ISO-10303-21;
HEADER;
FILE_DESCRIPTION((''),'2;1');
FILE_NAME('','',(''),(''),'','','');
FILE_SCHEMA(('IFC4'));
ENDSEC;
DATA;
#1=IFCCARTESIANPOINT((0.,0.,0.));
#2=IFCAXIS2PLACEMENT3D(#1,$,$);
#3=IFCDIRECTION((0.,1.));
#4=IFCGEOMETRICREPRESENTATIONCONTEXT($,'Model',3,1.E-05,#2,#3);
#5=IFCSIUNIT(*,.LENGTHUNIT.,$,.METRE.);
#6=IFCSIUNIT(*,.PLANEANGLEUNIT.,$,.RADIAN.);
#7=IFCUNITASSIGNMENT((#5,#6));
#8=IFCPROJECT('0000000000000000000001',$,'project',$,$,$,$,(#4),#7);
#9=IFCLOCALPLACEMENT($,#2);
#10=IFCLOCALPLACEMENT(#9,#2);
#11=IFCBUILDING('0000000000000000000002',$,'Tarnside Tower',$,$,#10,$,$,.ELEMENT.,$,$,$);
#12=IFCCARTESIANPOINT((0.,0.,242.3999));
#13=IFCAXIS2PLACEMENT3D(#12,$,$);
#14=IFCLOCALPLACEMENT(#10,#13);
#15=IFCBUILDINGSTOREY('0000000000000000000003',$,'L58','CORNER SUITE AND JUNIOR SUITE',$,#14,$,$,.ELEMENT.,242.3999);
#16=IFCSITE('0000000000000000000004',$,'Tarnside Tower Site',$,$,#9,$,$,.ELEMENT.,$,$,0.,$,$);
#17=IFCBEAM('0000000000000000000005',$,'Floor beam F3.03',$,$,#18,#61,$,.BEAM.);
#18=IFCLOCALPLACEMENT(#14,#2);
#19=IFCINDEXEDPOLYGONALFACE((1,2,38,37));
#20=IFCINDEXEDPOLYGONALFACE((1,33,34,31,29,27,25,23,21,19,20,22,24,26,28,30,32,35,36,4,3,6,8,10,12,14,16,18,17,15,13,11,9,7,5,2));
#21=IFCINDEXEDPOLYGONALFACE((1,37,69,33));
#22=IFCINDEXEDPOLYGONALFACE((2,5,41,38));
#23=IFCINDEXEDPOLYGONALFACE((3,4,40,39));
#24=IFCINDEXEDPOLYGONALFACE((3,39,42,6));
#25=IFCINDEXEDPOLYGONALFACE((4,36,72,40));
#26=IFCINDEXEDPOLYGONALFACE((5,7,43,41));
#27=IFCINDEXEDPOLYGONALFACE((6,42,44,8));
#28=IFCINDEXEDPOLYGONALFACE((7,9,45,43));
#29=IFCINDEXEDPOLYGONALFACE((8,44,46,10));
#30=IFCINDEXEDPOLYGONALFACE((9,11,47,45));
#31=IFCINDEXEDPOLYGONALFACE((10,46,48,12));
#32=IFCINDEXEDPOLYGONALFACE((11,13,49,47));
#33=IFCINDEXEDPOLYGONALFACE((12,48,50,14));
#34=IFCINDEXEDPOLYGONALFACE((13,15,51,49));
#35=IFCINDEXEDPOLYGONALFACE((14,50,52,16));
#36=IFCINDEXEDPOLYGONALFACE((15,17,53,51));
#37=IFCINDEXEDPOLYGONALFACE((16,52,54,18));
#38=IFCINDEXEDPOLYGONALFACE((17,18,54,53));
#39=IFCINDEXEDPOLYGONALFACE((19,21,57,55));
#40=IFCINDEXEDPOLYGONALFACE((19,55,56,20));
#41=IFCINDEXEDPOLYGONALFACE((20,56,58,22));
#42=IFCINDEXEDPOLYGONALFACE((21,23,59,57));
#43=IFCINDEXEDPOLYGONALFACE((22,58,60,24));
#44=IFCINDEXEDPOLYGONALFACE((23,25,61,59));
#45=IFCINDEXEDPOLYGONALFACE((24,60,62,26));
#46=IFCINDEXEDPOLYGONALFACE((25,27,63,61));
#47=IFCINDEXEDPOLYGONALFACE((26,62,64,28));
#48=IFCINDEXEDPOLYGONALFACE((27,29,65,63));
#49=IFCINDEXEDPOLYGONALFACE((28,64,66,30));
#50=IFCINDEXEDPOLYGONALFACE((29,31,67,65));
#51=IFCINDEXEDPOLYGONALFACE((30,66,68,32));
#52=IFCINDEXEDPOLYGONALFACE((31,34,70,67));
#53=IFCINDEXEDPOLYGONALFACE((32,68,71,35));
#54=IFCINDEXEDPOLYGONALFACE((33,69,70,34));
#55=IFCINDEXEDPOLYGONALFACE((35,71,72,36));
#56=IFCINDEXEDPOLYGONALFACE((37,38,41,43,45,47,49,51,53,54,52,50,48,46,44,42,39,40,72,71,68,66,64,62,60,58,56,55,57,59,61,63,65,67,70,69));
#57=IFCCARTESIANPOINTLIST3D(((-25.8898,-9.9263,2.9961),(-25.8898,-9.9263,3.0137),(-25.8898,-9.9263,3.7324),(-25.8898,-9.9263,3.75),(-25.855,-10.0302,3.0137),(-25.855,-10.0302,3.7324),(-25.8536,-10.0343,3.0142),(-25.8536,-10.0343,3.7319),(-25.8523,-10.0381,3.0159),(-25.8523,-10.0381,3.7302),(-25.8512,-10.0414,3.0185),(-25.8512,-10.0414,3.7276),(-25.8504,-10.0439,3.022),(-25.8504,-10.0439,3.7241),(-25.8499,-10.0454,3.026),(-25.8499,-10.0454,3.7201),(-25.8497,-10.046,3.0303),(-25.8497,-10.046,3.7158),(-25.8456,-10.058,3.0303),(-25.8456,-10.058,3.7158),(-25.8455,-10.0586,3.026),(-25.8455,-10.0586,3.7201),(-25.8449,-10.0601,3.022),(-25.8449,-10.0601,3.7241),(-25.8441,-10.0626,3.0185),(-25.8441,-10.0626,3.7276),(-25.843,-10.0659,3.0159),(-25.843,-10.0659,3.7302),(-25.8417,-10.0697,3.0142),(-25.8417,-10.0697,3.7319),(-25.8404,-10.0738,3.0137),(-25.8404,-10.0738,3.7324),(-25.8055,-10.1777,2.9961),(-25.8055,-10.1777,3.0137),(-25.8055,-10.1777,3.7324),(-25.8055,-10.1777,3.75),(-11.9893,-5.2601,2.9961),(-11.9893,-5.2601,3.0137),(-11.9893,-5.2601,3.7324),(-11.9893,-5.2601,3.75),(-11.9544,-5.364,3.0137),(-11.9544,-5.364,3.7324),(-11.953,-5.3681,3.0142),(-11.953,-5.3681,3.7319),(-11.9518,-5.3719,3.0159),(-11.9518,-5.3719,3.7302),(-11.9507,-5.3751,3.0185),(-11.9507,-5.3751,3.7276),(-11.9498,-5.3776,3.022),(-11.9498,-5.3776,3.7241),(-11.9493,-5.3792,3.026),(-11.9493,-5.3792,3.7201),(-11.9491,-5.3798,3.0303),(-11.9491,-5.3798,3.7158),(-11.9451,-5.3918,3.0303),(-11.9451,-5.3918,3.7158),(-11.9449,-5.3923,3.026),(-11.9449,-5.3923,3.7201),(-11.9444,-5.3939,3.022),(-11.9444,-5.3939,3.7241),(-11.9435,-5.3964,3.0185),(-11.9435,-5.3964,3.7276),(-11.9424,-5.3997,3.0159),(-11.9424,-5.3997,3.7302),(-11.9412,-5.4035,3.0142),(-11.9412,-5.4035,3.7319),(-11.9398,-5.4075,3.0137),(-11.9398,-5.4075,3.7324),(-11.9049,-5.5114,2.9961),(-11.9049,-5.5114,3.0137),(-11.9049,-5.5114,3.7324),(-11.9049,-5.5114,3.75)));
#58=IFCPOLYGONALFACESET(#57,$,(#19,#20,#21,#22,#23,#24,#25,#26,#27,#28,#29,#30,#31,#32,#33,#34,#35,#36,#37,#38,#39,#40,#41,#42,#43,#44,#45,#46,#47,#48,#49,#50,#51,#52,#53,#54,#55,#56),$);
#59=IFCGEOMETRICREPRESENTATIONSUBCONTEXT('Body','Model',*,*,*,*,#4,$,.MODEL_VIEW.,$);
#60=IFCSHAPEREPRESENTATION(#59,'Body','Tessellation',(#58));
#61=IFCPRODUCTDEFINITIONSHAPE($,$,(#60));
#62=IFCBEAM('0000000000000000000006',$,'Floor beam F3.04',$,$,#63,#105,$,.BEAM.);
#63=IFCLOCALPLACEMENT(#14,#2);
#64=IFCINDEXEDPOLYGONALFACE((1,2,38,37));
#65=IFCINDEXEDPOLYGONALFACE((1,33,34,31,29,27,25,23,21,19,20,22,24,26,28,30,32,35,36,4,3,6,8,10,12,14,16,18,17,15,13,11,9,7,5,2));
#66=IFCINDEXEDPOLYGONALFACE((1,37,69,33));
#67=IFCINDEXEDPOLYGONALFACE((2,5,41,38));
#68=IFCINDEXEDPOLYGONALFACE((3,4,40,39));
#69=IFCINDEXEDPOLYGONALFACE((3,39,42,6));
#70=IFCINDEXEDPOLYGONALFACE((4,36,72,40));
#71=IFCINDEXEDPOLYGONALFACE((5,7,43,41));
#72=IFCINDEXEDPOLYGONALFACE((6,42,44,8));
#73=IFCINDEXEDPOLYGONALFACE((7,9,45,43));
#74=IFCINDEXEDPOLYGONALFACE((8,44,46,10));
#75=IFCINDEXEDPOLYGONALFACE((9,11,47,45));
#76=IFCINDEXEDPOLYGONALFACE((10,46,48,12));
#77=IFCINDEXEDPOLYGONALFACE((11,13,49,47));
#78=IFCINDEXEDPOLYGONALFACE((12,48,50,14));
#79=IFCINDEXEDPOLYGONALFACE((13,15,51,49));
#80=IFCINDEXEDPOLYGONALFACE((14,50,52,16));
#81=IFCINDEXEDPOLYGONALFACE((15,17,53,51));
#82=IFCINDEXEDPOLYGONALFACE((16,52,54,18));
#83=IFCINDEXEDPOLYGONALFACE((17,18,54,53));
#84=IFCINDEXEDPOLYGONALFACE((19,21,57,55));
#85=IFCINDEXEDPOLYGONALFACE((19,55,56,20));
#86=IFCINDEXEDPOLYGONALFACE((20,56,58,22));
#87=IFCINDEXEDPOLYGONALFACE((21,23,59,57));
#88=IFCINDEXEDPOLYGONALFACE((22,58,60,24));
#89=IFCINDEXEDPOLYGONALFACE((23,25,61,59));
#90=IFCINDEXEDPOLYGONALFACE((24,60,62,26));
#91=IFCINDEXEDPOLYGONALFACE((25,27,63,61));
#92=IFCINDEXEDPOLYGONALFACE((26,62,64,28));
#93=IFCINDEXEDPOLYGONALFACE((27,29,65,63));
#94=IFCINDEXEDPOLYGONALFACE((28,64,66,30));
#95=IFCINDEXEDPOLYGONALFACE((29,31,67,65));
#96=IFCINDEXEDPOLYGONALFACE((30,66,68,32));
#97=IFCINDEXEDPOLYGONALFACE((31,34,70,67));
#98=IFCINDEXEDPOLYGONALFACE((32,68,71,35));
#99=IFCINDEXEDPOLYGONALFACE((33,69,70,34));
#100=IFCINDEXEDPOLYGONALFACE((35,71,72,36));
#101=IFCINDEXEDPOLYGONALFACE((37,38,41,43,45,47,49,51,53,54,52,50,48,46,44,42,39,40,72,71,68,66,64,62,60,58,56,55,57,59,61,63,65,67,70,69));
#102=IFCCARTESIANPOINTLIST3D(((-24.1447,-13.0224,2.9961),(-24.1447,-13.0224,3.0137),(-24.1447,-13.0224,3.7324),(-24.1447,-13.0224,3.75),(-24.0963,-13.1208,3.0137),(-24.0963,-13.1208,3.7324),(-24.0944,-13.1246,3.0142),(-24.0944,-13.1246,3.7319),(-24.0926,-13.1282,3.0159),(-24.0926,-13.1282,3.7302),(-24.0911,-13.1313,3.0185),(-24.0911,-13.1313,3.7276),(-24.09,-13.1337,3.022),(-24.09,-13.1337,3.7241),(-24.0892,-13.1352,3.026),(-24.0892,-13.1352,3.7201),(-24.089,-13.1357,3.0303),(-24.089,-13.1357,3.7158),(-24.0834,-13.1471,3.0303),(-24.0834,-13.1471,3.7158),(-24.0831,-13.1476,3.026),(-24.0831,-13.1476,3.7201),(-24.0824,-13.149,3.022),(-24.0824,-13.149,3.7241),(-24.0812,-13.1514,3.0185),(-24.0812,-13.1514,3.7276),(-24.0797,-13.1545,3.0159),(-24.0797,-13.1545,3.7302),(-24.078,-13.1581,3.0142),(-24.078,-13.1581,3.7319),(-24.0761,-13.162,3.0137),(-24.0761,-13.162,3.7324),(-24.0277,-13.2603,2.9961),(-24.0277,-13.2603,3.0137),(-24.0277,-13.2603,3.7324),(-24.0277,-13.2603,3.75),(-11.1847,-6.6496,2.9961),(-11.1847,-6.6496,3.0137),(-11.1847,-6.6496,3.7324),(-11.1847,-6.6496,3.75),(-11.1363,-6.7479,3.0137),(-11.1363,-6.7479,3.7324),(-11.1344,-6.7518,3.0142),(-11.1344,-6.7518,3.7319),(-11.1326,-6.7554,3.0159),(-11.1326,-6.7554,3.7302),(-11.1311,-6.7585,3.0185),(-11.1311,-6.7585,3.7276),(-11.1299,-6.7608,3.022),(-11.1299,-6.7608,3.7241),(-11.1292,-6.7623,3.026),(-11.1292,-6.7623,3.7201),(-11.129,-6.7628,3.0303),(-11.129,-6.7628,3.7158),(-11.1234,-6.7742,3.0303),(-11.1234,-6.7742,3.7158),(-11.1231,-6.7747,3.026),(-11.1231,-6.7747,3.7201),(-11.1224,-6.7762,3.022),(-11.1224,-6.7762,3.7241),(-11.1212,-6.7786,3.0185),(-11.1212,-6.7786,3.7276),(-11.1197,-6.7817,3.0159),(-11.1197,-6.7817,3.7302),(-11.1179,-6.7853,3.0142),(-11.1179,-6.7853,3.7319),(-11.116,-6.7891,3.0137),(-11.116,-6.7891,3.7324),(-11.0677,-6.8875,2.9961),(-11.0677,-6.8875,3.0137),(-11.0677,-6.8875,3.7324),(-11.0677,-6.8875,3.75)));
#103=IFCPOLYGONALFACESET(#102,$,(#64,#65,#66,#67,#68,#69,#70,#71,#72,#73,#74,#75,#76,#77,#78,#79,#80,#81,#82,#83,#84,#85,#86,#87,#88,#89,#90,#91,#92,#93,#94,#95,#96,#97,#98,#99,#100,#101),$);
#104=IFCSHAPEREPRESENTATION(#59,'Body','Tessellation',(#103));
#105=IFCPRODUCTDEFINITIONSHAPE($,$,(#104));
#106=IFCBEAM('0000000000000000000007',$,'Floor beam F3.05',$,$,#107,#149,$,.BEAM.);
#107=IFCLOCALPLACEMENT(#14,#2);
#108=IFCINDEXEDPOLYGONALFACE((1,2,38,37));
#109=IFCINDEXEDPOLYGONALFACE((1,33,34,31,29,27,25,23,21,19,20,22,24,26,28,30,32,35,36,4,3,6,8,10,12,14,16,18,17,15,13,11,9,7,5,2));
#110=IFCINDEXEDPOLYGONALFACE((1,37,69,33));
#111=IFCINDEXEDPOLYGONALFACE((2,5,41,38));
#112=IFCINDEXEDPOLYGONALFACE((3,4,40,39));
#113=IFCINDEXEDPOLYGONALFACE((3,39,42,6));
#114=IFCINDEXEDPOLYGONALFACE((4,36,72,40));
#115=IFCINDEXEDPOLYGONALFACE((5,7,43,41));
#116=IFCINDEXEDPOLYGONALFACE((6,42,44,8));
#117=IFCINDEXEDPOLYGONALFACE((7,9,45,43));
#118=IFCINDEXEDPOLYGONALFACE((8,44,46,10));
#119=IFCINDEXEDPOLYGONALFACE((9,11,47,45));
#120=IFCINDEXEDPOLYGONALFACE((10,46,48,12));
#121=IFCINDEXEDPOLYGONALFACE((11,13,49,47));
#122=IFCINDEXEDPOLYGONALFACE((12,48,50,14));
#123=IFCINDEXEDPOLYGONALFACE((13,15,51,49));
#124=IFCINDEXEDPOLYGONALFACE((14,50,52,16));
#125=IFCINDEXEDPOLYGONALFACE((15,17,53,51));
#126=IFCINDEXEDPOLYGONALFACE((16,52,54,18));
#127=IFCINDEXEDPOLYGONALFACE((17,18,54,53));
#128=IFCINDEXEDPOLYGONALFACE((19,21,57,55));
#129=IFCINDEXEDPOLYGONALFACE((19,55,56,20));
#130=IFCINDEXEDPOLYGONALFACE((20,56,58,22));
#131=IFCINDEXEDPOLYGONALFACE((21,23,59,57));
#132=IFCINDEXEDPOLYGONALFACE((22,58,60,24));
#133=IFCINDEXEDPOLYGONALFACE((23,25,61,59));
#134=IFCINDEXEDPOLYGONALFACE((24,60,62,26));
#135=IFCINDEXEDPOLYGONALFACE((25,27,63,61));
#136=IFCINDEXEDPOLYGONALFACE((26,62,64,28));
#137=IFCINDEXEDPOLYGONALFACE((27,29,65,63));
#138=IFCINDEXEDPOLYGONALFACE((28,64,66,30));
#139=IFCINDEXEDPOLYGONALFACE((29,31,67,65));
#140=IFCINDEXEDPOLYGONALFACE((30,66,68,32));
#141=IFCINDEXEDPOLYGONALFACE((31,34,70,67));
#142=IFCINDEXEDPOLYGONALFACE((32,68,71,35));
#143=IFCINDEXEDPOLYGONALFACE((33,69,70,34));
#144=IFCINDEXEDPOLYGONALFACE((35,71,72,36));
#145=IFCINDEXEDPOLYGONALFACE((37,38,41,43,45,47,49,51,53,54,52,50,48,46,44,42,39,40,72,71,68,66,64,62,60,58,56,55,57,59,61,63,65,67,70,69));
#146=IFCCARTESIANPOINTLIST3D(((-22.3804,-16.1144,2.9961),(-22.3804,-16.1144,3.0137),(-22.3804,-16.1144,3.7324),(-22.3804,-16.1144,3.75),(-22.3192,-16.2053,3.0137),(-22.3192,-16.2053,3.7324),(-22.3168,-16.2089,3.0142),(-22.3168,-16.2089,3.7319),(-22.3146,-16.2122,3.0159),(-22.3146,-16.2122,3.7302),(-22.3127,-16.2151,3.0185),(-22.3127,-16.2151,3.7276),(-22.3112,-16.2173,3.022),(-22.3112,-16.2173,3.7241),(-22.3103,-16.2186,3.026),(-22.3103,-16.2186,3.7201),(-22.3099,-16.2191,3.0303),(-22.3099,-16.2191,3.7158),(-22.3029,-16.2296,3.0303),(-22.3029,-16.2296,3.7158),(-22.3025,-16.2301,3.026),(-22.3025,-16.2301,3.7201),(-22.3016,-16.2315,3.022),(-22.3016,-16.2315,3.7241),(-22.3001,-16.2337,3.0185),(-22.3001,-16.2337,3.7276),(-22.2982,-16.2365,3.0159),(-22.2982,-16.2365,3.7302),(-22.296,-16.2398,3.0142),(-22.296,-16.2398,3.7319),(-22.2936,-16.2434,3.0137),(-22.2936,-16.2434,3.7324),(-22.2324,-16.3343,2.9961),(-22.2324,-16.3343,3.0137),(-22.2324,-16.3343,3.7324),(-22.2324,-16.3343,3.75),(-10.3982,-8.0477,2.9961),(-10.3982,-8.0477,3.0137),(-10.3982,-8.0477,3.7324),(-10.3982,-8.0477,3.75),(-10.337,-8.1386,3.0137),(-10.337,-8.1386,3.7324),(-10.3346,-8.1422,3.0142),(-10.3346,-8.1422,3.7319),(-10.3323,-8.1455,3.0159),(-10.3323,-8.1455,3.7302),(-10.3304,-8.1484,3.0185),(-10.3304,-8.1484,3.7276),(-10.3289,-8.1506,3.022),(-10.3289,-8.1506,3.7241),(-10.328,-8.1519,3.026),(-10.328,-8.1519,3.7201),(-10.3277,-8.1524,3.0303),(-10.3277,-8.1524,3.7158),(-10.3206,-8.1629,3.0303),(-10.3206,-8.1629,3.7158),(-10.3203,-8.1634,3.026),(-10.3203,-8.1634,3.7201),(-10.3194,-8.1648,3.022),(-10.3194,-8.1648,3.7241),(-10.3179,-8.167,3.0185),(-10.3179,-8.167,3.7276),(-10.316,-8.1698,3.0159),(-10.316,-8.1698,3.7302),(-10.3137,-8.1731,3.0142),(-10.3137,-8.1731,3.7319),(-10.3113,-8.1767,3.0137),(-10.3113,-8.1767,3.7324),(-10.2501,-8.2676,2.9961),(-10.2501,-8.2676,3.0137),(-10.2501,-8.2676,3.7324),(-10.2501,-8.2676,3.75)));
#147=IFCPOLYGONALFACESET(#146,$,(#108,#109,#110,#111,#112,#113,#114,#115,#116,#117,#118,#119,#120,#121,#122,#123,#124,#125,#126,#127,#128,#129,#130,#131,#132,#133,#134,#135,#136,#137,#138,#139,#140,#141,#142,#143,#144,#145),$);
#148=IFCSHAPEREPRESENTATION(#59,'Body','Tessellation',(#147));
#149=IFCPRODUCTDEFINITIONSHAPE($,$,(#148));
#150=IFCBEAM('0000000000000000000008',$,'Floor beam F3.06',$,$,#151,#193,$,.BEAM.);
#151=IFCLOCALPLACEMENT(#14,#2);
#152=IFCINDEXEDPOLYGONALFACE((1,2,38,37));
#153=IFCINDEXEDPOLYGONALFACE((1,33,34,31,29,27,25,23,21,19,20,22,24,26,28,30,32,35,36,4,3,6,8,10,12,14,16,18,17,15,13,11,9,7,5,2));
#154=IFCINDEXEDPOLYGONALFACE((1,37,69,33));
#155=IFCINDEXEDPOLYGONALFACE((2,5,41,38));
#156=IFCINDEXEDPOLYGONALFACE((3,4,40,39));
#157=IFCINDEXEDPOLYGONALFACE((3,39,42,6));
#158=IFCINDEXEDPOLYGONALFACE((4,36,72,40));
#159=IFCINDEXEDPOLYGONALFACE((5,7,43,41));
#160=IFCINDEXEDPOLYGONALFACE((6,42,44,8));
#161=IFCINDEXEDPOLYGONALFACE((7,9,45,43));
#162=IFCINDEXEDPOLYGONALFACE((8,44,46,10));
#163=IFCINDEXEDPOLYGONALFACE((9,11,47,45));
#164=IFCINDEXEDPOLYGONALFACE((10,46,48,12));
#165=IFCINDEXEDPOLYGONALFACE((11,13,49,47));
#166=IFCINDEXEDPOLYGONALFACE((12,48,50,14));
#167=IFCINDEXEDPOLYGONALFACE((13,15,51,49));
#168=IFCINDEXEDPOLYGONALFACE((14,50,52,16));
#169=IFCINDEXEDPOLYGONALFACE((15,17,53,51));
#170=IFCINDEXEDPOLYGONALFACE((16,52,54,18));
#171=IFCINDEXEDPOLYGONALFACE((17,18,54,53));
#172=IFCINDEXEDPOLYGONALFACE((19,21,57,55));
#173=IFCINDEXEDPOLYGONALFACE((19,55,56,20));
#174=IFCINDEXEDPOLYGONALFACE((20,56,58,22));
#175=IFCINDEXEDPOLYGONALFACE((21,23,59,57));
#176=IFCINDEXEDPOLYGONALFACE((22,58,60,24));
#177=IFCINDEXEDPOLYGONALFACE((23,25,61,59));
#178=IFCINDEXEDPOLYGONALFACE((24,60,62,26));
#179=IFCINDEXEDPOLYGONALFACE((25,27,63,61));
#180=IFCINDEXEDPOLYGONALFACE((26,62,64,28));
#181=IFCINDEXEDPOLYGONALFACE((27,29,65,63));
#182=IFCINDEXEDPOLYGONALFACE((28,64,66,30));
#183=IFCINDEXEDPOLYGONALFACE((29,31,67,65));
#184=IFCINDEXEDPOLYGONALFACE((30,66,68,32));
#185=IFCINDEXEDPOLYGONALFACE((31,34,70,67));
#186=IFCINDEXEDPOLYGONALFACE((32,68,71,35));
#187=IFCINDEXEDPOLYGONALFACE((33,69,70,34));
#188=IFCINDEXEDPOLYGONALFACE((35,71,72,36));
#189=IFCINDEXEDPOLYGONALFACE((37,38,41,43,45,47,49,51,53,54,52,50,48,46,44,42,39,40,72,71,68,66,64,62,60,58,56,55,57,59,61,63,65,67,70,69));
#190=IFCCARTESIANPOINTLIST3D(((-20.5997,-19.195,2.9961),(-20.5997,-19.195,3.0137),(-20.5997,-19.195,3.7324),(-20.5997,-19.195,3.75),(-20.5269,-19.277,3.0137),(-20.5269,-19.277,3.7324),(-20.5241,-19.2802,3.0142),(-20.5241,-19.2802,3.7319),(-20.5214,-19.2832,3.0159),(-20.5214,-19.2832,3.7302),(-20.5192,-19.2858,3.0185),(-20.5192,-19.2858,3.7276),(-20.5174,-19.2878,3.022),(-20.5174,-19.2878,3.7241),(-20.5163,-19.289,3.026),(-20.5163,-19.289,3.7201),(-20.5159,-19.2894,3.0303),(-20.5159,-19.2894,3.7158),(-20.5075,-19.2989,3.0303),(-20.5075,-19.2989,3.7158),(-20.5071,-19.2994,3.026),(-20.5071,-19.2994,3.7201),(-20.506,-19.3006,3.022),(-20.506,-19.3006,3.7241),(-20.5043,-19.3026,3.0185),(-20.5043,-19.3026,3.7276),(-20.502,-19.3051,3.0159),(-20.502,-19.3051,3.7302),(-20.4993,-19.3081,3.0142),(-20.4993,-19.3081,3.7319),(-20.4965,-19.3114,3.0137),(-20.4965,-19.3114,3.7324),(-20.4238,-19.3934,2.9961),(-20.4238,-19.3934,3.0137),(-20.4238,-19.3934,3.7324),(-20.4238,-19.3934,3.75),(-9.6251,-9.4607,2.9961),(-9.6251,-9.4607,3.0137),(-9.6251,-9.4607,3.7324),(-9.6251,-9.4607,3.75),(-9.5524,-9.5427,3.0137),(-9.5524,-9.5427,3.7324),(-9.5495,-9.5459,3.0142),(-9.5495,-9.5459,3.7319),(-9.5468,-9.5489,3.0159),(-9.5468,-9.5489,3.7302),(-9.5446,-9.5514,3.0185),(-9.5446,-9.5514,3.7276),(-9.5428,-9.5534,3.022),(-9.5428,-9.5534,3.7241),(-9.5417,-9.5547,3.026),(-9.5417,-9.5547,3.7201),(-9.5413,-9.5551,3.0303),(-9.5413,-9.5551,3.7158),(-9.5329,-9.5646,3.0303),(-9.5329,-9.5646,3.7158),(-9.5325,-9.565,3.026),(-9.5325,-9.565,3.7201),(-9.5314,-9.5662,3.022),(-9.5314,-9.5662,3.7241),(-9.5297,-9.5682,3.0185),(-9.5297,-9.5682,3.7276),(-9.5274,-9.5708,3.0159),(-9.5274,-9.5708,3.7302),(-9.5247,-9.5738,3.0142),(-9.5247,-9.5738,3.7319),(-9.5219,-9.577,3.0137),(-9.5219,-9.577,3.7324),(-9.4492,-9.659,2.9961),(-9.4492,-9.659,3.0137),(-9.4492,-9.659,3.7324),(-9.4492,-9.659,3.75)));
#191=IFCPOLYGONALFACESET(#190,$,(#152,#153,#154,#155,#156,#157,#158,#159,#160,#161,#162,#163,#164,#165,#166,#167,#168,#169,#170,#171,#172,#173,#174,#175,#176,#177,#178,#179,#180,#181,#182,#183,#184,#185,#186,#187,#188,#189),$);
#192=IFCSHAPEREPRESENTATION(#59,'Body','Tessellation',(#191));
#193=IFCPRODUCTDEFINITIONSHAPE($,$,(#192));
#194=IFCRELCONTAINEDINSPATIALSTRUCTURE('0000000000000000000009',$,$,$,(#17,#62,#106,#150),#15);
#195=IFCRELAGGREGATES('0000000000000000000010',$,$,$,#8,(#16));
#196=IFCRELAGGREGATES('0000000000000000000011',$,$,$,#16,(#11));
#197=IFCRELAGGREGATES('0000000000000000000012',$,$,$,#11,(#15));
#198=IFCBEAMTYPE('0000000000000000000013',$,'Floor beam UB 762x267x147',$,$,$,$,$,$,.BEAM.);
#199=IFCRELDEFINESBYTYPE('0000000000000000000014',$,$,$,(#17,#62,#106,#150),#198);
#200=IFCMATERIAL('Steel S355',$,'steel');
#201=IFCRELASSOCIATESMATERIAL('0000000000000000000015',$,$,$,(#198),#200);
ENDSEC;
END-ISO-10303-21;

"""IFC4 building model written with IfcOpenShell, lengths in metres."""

from ifc_helpers import new_model, si_unit, direction, frame, origin, origin_2d, place, context, subcontext, project, spatial, i_section, extrude, material, material_profile, profile_set, type_object, element, save


model = new_model("IFC4")

# Units and contexts
model_context = context("Model", 3, precision=1e-05, world=origin(), true_north=direction((0.0, 1.0)))
body_context = subcontext(model_context, "Body", "Model", "MODEL_VIEW")
ifc_project = project(units=[si_unit("LENGTHUNIT", "METRE"), si_unit("PLANEANGLEUNIT", "RADIAN")], contexts=[model_context])

# Site, building, storey
site_placement = place(None, origin())
site = spatial("IfcSite", under=ifc_project, at=site_placement, Name="Tarnside Tower Site", CompositionType="ELEMENT", RefElevation=0.0)
building_placement = place(site_placement, origin())
building = spatial("IfcBuilding", under=site, at=building_placement, Name="Tarnside Tower", CompositionType="ELEMENT")
storey_placement = place(building_placement, frame((0.0, 0.0, 242.3999)))
storey = spatial("IfcBuildingStorey", under=building, at=storey_placement, Name="L58", Description="CORNER SUITE AND JUNIOR SUITE", CompositionType="ELEMENT", Elevation=242.3999)

# Beams
ifc_material_1 = material(Name="Steel S355", Category="steel")
ifc_material_profile_1 = material_profile(ifc_material_1, i_section(OverallWidth=0.2651, OverallDepth=0.7539, WebThickness=0.0127, FlangeThickness=0.0176, FilletRadius=0.0166, at=origin_2d()), Name="UB 762x267x147")
ifc_profile_set_1 = profile_set([ifc_material_profile_1], Name="Steel S355")
beam_type_1 = type_object("IfcBeamType", Name="Floor beam UB 762x267x147", PredefinedType="BEAM", material=ifc_profile_set_1)
beam_1_placement = place(storey_placement, frame((-25.8477, -10.052, 3.373), z_axis=(0.948012, 0.318235, 0.0), x_axis=(-0.318235, 0.948012, 0.0)))
element("IfcBeam", 1, at=beam_1_placement, inside=storey, type_object=beam_type_1, Name="Floor beam F3.03", PredefinedType="BEAM", context=body_context, shape_type="SweptSolid", body=[
    extrude(i_section(OverallWidth=0.2651, OverallDepth=0.7539, WebThickness=0.0127, FlangeThickness=0.0176, FilletRadius=0.0166, at=origin_2d()), origin(), (0.0, 0.0, 1.0), 14.6628),
])
beam_2_placement = place(storey_placement, frame((-24.0862, -13.1414, 3.373), z_axis=(0.897376, 0.441267, 0.0), x_axis=(-0.441267, 0.897376, 0.0)))
element("IfcBeam", 2, at=beam_2_placement, inside=storey, type_object=beam_type_1, Name="Floor beam F3.04", PredefinedType="BEAM", context=body_context, shape_type="SweptSolid", body=[
    extrude(i_section(OverallWidth=0.2651, OverallDepth=0.7539, WebThickness=0.0127, FlangeThickness=0.0176, FilletRadius=0.0166, at=origin_2d()), origin(), (0.0, 0.0, 1.0), 14.4421),
])
beam_3_placement = place(storey_placement, frame((-22.3064, -16.2244, 3.373), z_axis=(0.829532, 0.558458, 0.0), x_axis=(-0.558458, 0.829532, 0.0)))
element("IfcBeam", 3, at=beam_3_placement, inside=storey, type_object=beam_type_1, Name="Floor beam F3.05", PredefinedType="BEAM", context=body_context, shape_type="SweptSolid", body=[
    extrude(i_section(OverallWidth=0.2651, OverallDepth=0.7539, WebThickness=0.0127, FlangeThickness=0.0176, FilletRadius=0.0166, at=origin_2d()), origin(), (0.0, 0.0, 1.0), 14.4446),
])
beam_4_placement = place(storey_placement, frame((-20.5117, -19.2942, 3.373), z_axis=(0.748114, 0.66357, 0.0), x_axis=(-0.66357, 0.748114, 0.0)))
element("IfcBeam", 4, at=beam_4_placement, inside=storey, type_object=beam_type_1, Name="Floor beam F3.06", PredefinedType="BEAM", context=body_context, shape_type="SweptSolid", body=[
    extrude(i_section(OverallWidth=0.2651, OverallDepth=0.7539, WebThickness=0.0127, FlangeThickness=0.0176, FilletRadius=0.0166, at=origin_2d()), origin(), (0.0, 0.0, 1.0), 14.6697),
])

save(model, "model.ifc")
